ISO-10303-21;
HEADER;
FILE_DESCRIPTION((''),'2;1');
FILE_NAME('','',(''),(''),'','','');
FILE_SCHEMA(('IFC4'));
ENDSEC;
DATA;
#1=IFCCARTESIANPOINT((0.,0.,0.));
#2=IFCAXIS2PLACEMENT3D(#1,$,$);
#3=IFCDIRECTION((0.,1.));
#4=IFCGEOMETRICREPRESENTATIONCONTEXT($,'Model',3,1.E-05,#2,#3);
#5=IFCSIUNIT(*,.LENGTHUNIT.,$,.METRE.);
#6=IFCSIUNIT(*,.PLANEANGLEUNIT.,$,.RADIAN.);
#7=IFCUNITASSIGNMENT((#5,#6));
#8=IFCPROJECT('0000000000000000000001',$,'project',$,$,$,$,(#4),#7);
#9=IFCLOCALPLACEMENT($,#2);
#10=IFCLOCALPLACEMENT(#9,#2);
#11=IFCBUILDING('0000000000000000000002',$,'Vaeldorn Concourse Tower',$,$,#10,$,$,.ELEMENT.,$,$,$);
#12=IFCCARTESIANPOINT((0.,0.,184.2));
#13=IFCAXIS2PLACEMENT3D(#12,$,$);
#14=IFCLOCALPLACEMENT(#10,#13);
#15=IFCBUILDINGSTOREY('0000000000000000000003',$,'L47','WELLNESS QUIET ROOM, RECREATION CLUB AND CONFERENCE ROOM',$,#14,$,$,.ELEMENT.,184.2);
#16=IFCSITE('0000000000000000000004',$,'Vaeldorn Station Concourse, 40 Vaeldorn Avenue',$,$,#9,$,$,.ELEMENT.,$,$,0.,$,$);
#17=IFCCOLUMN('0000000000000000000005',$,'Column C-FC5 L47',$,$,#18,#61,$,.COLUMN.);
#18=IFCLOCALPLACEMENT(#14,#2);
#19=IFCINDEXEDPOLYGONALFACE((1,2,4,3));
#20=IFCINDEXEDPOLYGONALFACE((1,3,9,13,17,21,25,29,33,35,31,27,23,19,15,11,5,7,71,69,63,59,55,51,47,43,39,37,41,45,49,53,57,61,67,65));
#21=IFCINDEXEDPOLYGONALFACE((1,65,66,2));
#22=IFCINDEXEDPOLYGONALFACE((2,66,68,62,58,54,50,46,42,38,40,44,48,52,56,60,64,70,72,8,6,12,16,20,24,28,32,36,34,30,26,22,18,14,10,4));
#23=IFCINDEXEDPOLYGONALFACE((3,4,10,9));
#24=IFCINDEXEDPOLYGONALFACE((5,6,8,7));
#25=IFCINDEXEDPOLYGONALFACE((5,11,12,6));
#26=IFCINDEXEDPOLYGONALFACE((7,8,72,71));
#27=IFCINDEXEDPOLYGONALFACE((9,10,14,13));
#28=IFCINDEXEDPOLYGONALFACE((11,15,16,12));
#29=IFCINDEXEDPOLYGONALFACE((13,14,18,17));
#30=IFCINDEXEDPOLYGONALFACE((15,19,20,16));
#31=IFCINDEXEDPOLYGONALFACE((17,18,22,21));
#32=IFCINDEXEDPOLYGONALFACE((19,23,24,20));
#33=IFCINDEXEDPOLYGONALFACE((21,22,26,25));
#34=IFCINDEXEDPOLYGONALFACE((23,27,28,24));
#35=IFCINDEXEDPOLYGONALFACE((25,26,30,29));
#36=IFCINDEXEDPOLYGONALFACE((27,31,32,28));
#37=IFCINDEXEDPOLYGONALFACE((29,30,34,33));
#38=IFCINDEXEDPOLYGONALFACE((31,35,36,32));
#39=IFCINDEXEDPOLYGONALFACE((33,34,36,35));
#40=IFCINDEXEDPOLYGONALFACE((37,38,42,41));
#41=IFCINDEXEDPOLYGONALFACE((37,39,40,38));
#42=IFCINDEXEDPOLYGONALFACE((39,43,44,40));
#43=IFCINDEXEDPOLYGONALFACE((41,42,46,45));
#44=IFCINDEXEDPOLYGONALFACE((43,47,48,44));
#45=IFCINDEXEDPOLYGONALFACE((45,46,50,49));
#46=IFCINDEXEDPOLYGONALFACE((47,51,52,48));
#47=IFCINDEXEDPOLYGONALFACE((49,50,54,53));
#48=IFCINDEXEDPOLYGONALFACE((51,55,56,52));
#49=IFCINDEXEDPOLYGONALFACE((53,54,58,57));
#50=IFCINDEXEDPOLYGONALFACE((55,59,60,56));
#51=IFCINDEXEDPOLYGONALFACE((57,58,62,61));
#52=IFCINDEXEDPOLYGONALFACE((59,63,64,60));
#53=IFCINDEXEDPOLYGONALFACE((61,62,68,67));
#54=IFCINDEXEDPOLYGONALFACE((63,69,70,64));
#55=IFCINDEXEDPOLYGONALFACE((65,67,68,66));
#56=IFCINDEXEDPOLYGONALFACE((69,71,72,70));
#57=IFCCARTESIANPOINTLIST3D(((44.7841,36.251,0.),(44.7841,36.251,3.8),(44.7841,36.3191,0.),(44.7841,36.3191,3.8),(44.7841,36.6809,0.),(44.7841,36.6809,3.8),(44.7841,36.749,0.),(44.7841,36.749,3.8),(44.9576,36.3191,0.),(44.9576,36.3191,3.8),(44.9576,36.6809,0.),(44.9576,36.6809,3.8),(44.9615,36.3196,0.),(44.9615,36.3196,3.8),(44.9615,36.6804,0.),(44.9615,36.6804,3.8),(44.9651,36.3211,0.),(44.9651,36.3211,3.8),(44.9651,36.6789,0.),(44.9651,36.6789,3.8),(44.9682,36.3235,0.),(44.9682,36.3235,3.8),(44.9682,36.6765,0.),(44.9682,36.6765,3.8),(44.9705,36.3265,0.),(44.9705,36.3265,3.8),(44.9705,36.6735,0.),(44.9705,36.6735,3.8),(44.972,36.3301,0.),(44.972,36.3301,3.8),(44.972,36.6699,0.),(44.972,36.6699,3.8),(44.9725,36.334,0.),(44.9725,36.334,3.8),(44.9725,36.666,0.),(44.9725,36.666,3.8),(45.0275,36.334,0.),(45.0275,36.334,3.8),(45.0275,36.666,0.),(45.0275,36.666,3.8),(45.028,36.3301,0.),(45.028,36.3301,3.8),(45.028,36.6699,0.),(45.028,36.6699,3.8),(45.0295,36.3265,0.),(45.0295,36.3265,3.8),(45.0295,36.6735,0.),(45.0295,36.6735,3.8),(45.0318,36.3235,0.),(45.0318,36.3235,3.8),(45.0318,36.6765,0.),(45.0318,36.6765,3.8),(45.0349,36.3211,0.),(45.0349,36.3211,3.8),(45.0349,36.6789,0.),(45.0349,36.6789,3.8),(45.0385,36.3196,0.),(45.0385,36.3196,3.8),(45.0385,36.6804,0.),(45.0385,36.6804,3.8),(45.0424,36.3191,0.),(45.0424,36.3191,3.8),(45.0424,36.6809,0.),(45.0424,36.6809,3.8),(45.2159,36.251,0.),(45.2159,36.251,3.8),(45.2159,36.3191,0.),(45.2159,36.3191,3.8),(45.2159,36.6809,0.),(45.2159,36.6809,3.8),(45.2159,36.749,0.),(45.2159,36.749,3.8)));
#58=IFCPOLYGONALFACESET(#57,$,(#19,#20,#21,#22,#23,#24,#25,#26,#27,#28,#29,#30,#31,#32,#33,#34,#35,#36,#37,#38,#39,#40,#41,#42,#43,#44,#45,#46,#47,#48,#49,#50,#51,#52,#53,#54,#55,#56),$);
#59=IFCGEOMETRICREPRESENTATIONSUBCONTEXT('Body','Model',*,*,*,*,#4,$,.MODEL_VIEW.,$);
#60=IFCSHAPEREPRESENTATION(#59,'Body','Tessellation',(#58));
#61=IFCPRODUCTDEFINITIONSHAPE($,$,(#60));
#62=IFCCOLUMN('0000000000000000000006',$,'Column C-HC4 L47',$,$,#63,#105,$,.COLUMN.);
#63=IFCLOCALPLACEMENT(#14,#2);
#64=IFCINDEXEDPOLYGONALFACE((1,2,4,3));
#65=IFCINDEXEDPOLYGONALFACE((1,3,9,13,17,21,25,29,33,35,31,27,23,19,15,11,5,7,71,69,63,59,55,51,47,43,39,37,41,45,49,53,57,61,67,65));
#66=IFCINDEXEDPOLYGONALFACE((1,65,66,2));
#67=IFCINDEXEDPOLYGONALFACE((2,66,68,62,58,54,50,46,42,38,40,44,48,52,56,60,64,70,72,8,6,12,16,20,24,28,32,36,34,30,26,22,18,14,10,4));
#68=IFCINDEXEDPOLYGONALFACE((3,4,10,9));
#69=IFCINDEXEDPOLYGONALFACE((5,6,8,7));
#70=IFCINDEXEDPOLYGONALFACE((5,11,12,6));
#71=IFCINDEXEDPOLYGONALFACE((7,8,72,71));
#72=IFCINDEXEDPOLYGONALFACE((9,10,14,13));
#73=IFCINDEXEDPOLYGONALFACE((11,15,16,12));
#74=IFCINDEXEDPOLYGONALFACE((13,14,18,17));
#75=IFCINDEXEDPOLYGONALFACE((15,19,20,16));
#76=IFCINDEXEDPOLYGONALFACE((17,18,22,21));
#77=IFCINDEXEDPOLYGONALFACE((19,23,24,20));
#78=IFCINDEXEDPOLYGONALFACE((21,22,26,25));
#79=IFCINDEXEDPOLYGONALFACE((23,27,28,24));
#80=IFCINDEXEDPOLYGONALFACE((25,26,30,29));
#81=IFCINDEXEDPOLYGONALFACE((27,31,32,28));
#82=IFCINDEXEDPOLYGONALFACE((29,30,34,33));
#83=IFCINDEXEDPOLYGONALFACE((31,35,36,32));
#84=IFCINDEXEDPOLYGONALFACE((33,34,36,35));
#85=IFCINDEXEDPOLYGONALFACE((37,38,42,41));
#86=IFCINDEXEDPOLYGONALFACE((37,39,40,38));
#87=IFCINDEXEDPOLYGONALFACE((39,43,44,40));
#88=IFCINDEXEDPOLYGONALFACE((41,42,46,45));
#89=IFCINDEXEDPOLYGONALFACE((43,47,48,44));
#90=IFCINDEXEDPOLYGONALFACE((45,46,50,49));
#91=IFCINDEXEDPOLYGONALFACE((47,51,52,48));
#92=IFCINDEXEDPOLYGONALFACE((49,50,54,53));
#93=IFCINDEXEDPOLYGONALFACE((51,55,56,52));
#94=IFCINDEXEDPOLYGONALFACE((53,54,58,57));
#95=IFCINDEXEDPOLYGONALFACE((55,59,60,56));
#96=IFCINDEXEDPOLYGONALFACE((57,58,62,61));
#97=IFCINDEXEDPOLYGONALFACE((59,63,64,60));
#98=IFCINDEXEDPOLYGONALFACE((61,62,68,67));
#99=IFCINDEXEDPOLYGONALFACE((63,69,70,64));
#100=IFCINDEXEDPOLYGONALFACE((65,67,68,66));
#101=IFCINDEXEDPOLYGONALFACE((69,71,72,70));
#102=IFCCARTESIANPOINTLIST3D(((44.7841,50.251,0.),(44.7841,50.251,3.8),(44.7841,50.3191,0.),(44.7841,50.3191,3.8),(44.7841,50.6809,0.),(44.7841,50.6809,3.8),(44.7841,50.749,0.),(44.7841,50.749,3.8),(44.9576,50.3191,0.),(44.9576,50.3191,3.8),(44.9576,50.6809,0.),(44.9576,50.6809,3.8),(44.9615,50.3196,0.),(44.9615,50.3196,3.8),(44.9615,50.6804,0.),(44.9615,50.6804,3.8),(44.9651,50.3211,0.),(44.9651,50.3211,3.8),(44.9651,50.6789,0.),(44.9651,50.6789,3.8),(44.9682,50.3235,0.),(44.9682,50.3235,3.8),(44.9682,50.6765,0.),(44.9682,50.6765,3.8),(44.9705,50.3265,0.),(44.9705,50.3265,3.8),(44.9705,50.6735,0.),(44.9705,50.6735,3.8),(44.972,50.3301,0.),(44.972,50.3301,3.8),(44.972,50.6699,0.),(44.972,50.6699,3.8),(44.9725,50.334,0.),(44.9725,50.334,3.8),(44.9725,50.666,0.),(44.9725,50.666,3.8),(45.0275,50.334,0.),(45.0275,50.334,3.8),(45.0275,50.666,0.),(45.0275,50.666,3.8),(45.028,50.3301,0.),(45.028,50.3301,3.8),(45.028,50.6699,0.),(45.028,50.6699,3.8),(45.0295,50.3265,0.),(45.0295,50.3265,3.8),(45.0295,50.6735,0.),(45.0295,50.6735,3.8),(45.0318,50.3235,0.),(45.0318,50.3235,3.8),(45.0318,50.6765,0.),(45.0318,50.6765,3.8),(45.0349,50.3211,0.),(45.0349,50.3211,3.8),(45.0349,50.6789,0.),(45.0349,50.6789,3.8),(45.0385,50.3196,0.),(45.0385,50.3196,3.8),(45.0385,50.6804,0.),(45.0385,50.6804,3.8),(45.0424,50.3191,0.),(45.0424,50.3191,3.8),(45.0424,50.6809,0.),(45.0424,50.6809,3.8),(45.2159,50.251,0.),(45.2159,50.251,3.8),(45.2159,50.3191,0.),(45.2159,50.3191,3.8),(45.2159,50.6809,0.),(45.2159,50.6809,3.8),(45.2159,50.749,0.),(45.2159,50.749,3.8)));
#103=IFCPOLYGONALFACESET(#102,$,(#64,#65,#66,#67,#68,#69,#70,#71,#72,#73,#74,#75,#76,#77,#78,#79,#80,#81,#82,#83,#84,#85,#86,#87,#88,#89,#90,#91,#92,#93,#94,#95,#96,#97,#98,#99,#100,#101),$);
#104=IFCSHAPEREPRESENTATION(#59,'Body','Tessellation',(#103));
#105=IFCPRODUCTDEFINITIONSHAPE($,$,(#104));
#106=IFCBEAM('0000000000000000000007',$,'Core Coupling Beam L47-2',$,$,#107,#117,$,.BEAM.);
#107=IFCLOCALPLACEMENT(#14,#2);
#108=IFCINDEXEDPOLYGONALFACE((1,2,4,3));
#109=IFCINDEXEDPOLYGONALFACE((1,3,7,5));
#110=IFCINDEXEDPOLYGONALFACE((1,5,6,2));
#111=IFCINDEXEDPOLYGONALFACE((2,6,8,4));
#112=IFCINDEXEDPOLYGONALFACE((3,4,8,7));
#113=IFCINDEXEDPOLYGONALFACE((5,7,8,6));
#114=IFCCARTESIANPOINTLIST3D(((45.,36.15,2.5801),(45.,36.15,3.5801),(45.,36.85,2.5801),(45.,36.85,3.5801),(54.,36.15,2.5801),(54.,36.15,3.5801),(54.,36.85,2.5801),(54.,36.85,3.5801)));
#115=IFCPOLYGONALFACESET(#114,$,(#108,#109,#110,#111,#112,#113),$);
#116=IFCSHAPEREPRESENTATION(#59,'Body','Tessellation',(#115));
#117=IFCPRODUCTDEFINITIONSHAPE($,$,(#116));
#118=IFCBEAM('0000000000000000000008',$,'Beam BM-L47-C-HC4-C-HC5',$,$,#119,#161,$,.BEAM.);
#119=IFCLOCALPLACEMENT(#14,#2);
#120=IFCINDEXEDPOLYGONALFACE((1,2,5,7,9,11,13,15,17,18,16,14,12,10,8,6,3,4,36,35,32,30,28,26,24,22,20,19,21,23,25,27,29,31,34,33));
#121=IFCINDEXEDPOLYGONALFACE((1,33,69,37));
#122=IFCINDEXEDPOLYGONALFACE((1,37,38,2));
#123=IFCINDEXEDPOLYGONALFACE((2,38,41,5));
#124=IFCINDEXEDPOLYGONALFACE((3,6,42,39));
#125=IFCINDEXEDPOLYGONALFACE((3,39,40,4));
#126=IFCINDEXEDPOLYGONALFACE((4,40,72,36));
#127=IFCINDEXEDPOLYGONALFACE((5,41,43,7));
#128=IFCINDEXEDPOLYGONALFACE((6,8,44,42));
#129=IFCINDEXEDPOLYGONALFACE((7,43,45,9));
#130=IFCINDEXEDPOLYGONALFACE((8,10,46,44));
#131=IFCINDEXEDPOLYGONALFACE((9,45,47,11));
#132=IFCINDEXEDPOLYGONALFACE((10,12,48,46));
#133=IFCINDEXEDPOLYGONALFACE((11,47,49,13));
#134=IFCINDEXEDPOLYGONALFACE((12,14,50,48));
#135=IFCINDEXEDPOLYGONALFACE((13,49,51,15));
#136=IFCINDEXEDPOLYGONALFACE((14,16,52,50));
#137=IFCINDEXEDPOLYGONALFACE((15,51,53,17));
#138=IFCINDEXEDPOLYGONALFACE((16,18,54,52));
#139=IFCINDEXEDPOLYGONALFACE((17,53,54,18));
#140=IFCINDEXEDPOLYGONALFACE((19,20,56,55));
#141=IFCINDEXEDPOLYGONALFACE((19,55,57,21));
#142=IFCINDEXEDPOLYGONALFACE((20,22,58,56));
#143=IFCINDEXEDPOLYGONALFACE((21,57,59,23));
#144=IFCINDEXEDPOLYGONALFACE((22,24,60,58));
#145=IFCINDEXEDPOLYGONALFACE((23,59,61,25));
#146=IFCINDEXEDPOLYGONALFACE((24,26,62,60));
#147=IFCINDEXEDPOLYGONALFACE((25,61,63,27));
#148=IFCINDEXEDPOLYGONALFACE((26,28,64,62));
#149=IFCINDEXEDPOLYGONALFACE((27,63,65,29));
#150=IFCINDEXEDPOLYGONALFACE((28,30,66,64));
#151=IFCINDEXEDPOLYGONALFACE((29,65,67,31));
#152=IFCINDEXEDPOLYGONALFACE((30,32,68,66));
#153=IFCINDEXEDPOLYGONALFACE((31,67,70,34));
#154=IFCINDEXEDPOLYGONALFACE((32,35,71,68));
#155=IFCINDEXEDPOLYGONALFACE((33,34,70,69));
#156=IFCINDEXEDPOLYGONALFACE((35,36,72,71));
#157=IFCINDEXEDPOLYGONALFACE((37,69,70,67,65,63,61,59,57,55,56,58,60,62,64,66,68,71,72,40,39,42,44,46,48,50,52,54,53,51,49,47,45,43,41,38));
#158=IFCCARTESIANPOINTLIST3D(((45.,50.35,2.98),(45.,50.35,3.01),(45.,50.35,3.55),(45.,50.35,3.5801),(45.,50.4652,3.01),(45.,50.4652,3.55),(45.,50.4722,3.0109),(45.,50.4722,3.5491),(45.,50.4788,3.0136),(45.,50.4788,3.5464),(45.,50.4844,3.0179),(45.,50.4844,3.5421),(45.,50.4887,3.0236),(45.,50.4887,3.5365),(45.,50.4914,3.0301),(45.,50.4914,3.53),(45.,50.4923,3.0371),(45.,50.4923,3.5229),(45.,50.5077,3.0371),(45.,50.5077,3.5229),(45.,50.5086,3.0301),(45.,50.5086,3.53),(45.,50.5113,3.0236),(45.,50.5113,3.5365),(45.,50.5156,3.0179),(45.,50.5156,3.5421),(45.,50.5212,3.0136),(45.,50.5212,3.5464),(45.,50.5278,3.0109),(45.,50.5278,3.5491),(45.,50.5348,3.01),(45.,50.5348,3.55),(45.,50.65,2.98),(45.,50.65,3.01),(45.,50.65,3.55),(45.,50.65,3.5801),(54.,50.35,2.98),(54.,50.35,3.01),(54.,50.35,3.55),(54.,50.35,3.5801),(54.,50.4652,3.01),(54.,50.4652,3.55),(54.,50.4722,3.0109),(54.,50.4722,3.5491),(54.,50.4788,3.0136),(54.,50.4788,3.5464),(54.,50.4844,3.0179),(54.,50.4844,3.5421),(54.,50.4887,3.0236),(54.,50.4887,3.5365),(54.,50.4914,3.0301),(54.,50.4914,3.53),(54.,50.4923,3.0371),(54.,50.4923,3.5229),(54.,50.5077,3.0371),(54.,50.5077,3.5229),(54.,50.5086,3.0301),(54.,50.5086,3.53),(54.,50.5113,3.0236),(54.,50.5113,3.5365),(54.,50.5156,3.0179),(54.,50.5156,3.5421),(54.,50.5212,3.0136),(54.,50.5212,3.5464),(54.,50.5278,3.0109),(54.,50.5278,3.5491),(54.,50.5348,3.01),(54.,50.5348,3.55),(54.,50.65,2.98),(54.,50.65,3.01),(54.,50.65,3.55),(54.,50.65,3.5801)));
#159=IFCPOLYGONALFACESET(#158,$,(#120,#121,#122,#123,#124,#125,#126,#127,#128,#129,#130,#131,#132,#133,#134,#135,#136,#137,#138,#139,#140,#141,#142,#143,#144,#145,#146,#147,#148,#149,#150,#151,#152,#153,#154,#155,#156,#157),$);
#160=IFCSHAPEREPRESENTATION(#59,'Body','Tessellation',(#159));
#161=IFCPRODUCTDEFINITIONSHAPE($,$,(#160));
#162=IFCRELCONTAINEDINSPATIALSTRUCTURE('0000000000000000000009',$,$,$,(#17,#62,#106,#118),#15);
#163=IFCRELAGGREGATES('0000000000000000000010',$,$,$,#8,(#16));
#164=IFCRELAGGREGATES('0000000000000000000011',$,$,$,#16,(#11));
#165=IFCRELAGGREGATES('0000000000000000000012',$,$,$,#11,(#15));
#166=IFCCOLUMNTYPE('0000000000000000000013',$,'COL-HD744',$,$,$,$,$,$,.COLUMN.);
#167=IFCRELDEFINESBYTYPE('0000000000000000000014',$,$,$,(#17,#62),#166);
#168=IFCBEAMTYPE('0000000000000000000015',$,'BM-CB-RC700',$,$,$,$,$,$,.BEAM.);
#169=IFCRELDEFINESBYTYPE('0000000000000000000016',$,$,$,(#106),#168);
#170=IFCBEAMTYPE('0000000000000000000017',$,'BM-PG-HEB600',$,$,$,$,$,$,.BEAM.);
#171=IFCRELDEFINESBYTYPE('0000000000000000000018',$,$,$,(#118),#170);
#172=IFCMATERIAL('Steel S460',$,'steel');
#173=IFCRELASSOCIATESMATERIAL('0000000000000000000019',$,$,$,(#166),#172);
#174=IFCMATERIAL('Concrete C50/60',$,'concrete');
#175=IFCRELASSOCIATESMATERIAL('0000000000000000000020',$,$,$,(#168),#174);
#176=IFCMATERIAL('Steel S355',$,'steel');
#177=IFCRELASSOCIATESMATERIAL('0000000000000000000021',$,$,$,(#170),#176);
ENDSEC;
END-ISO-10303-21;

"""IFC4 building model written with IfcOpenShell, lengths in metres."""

from ifc_helpers import new_model, si_unit, direction, frame, origin, origin_2d, place, context, subcontext, project, spatial, rectangle, i_section, extrude, source, transform, mapped, material, material_profile, profile_set, type_object, element, save


model = new_model("IFC4")

# Units and contexts
model_context = context("Model", 3, precision=1e-05, world=origin(), true_north=direction((0.0, 1.0)))
body_context = subcontext(model_context, "Body", "Model", "MODEL_VIEW")
ifc_project = project(units=[si_unit("LENGTHUNIT", "METRE"), si_unit("PLANEANGLEUNIT", "RADIAN")], contexts=[model_context])

# Site, building, storey
site_placement = place(None, origin())
site = spatial("IfcSite", under=ifc_project, at=site_placement, Name="Vaeldorn Station Concourse, 40 Vaeldorn Avenue", CompositionType="ELEMENT", RefElevation=0.0)
building_placement = place(site_placement, origin())
building = spatial("IfcBuilding", under=site, at=building_placement, Name="Vaeldorn Concourse Tower", CompositionType="ELEMENT")
storey_placement = place(building_placement, frame((0.0, 0.0, 184.2)))
storey = spatial("IfcBuildingStorey", under=building, at=storey_placement, Name="L47", Description="WELLNESS QUIET ROOM, RECREATION CLUB AND CONFERENCE ROOM", CompositionType="ELEMENT", Elevation=184.2)

# Columns
ifc_material_1 = material(Name="Steel S460", Category="steel")
ifc_material_profile_1 = material_profile(ifc_material_1, i_section(OverallWidth=0.4319, OverallDepth=0.498, WebThickness=0.0549, FlangeThickness=0.0681, FilletRadius=0.0149, at=origin_2d()), Name="HD 400x744")
ifc_profile_set_1 = profile_set([ifc_material_profile_1], Name="Steel S460")
column_type = type_object("IfcColumnType", Name="COL-HD744", PredefinedType="COLUMN", material=ifc_profile_set_1)
shared_shape_1 = source(origin(), body_context, "Body", "SweptSolid", [
    extrude(i_section(OverallWidth=0.4319, OverallDepth=0.498, WebThickness=0.0549, FlangeThickness=0.0681, FilletRadius=0.0149, at=origin_2d()), origin(), (0.0, 0.0, 1.0), 3.8),
])
for number, where, z_axis, x_axis, name in (
    (1, (45.0, 36.5, 0.0), (0.0, 0.0, 1.0), (1.0, 0.0, 0.0), "Column C-FC5 L47"),
    (2, (45.0, 50.5, 0.0), (0.0, 0.0, 1.0), (1.0, 0.0, 0.0), "Column C-HC4 L47"),
):
    element("IfcColumn", number, at=place(storey_placement, frame(where, z_axis=z_axis, x_axis=x_axis)), inside=storey, type_object=column_type, Name=name, PredefinedType="COLUMN", context=body_context, shape_type="MappedRepresentation", body=[
        mapped(shared_shape_1, transform((0.0, 0.0, 0.0), scale=1.0)),
    ])

# Beams
ifc_material_2 = material(Name="Concrete C50/60", Category="concrete")
ifc_material_profile_2 = material_profile(ifc_material_2, rectangle(XDim=0.7, YDim=1.0, at=origin_2d()), Name="RC 700x1000")
ifc_profile_set_2 = profile_set([ifc_material_profile_2], Name="Concrete C50/60")
beam_type_1 = type_object("IfcBeamType", Name="BM-CB-RC700", PredefinedType="BEAM", material=ifc_profile_set_2)
shared_shape_2 = source(origin(), body_context, "Body", "SweptSolid", [
    extrude(rectangle(XDim=0.7, YDim=1.0, at=origin_2d()), origin(), (0.0, 0.0, 1.0), 9.0),
])
beam_1_placement = place(storey_placement, frame((45.0, 36.5, 3.0801), z_axis=(1.0, 0.0, 0.0), x_axis=(0.0, 1.0, 0.0)))
element("IfcBeam", 3, at=beam_1_placement, inside=storey, type_object=beam_type_1, Name="Core Coupling Beam L47-2", PredefinedType="BEAM", context=body_context, shape_type="MappedRepresentation", body=[
    mapped(shared_shape_2, transform((0.0, 0.0, 0.0), scale=1.0)),
])
ifc_material_3 = material(Name="Steel S355", Category="steel")
ifc_material_profile_3 = material_profile(ifc_material_3, i_section(OverallWidth=0.3, OverallDepth=0.6001, WebThickness=0.0154, FlangeThickness=0.03, FilletRadius=0.0271, at=origin_2d()), Name="HEB 600")
ifc_profile_set_3 = profile_set([ifc_material_profile_3], Name="Steel S355")
beam_type_2 = type_object("IfcBeamType", Name="BM-PG-HEB600", PredefinedType="BEAM", material=ifc_profile_set_3)
shared_shape_3 = source(origin(), body_context, "Body", "SweptSolid", [
    extrude(i_section(OverallWidth=0.3, OverallDepth=0.6001, WebThickness=0.0154, FlangeThickness=0.03, FilletRadius=0.0271, at=origin_2d()), origin(), (0.0, 0.0, 1.0), 9.0),
])
beam_2_placement = place(storey_placement, frame((45.0, 50.5, 3.28), z_axis=(1.0, 0.0, 0.0), x_axis=(0.0, 1.0, 0.0)))
element("IfcBeam", 4, at=beam_2_placement, inside=storey, type_object=beam_type_2, Name="Beam BM-L47-C-HC4-C-HC5", PredefinedType="BEAM", context=body_context, shape_type="MappedRepresentation", body=[
    mapped(shared_shape_3, transform((0.0, 0.0, 0.0), scale=1.0)),
])

save(model, "model.ifc")
